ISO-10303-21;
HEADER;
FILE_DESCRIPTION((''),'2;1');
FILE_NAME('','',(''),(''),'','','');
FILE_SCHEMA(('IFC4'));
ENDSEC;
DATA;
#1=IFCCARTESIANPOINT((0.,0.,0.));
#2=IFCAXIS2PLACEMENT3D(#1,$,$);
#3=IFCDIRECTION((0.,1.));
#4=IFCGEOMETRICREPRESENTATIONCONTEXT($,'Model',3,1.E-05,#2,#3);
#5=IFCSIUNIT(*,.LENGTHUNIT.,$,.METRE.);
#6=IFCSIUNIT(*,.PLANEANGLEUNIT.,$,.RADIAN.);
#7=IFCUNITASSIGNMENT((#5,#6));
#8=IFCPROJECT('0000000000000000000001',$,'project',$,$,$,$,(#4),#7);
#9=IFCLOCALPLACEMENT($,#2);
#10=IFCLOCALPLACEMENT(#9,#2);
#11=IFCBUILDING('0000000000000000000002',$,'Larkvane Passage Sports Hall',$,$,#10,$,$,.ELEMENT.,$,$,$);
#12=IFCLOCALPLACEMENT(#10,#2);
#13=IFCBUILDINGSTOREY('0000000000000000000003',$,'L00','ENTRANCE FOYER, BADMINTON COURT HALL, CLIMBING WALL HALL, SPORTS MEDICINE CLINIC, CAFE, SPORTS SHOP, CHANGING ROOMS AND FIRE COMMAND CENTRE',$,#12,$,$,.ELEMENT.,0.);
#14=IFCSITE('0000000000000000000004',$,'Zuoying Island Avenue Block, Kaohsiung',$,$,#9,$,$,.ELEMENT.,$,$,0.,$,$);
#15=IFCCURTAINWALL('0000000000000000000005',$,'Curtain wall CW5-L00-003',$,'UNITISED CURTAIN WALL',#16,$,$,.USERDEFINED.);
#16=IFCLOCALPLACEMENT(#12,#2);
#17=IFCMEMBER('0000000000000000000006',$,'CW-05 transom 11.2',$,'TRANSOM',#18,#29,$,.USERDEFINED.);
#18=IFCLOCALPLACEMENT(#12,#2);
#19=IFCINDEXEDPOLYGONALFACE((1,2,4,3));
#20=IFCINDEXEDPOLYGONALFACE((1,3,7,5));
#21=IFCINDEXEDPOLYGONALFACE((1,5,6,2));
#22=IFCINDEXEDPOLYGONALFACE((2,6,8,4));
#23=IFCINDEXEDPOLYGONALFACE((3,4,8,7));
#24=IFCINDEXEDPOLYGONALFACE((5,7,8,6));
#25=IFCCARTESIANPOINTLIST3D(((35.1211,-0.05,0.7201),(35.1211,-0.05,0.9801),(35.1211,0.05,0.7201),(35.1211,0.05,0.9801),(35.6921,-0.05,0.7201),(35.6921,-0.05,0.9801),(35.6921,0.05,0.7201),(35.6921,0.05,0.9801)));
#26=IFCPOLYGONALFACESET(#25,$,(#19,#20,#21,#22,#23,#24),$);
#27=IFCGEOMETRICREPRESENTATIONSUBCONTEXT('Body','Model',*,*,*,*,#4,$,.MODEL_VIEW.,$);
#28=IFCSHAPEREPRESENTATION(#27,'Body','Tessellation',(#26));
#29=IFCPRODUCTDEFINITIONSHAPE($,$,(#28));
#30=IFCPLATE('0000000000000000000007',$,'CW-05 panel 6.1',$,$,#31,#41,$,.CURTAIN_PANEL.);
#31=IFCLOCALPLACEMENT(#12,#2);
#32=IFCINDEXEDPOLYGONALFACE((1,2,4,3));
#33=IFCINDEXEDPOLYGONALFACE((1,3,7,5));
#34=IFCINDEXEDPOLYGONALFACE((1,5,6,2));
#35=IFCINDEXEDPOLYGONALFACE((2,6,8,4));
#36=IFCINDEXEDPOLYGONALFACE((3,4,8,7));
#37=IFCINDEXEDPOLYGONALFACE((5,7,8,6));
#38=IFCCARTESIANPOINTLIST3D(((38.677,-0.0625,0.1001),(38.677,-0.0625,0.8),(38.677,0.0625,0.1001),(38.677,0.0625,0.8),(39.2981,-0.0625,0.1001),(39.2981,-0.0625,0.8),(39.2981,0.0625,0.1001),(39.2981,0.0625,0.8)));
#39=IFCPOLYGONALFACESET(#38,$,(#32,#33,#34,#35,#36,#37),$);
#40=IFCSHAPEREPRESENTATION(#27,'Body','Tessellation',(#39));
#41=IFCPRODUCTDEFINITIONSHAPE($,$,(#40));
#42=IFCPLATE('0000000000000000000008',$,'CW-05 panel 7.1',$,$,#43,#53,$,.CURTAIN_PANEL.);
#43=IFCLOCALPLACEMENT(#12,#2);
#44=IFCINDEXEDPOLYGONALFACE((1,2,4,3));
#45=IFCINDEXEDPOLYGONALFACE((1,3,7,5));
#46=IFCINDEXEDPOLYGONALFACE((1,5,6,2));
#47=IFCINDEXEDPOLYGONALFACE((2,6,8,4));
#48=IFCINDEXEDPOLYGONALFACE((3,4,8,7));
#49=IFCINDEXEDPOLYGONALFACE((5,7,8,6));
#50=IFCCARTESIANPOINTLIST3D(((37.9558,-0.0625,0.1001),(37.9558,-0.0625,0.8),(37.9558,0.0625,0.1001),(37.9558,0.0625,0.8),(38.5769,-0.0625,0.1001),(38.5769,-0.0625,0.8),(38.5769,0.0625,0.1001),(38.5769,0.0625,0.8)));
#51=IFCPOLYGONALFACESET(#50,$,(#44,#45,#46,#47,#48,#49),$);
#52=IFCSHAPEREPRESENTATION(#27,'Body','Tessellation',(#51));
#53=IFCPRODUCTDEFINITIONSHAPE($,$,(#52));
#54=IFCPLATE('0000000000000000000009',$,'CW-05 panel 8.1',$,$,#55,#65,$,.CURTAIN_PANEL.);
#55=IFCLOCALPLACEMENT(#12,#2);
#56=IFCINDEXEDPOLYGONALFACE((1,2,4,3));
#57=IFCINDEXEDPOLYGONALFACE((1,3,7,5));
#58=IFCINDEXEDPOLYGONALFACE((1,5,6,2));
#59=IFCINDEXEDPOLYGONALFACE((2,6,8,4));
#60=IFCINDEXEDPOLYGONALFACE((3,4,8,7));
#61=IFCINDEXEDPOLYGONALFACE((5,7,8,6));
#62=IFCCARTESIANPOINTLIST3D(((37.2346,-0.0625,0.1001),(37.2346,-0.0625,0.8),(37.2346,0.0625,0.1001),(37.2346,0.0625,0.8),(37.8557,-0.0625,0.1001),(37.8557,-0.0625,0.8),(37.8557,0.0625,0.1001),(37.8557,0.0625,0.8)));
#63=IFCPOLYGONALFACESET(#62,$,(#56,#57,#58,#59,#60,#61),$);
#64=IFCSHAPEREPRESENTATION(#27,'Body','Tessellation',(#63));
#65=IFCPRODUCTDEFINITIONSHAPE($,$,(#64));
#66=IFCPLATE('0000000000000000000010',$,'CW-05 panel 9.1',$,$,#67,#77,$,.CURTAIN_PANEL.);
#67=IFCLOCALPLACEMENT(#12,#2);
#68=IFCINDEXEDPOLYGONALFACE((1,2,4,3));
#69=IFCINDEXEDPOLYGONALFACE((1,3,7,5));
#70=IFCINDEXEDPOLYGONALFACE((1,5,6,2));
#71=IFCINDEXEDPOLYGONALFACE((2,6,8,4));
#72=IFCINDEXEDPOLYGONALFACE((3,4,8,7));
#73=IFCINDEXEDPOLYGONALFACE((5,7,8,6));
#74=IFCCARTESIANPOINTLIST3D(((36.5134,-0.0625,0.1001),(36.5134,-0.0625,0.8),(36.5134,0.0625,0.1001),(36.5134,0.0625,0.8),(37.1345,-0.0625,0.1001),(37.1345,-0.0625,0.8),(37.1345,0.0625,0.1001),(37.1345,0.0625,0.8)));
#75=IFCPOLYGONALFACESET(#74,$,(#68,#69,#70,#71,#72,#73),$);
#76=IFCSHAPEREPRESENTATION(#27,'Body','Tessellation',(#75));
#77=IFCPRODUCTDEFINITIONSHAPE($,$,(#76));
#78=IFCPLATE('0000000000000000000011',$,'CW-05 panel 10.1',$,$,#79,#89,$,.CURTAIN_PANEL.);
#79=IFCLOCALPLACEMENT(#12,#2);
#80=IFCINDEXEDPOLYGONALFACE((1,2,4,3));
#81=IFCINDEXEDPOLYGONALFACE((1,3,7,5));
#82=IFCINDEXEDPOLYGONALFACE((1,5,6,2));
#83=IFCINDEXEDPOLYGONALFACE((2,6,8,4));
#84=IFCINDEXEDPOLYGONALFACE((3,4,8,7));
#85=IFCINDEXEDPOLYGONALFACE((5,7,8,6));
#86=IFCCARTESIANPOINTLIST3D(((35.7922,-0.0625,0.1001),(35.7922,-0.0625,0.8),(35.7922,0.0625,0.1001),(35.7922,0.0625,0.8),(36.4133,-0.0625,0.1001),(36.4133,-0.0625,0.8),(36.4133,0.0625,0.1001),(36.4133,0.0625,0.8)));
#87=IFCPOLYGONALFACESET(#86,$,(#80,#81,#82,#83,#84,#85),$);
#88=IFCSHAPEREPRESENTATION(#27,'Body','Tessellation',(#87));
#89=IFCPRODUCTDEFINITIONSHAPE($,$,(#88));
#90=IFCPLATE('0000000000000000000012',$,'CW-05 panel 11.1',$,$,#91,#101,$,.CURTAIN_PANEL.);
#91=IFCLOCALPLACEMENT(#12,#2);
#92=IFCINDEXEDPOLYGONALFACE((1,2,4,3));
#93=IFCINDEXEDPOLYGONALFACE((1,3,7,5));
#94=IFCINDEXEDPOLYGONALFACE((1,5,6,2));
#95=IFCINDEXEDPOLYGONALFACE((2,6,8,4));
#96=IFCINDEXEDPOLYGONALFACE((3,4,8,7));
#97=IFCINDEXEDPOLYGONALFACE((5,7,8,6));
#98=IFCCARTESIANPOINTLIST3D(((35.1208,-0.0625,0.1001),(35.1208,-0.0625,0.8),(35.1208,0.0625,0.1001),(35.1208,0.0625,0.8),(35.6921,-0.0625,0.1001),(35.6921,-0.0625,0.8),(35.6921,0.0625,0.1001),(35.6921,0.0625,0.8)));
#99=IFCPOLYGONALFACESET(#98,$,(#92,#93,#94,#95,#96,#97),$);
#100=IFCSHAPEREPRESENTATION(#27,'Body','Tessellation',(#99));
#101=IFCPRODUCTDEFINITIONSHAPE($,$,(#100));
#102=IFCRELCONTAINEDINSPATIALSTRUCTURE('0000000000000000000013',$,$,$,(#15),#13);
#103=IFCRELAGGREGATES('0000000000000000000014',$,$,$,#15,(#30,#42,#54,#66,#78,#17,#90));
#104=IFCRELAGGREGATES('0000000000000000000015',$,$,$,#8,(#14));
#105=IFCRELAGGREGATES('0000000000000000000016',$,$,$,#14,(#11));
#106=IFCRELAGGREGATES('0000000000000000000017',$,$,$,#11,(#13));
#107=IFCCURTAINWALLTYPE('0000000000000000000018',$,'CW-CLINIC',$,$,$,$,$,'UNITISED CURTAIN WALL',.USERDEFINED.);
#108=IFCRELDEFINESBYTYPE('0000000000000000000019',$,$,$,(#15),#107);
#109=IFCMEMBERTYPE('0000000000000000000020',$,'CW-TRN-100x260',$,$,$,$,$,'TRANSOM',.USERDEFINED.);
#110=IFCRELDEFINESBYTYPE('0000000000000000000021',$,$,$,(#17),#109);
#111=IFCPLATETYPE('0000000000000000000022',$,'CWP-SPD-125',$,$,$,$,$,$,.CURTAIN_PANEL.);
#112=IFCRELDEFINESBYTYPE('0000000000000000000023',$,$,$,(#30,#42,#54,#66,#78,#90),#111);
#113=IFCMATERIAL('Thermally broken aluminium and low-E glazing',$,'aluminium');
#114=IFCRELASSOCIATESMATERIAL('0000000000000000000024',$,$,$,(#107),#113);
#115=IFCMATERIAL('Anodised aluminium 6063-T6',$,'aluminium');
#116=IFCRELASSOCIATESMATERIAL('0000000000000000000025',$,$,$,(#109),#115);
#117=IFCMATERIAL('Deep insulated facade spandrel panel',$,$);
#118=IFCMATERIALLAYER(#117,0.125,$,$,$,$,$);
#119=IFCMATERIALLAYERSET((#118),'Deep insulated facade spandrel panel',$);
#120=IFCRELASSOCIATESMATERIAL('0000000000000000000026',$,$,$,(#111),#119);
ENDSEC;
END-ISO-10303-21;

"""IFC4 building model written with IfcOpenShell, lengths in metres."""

from ifc_helpers import new_model, si_unit, direction, frame, origin, origin_2d, place, context, subcontext, project, spatial, rectangle, extrude, material, layer, layer_set, material_profile, profile_set, type_object, element, aggregate, save


model = new_model("IFC4")

# Units and contexts
model_context = context("Model", 3, precision=1e-05, world=origin(), true_north=direction((0.0, 1.0)))
body_context = subcontext(model_context, "Body", "Model", "MODEL_VIEW")
ifc_project = project(units=[si_unit("LENGTHUNIT", "METRE"), si_unit("PLANEANGLEUNIT", "RADIAN")], contexts=[model_context])

# Site, building, storey
site_placement = place(None, origin())
site = spatial("IfcSite", under=ifc_project, at=site_placement, Name="Zuoying Island Avenue Block, Kaohsiung", CompositionType="ELEMENT", RefElevation=0.0)
building_placement = place(site_placement, origin())
building = spatial("IfcBuilding", under=site, at=building_placement, Name="Larkvane Passage Sports Hall", CompositionType="ELEMENT")
storey_placement = place(building_placement, origin())
storey = spatial("IfcBuildingStorey", under=building, at=storey_placement, Name="L00", Description="ENTRANCE FOYER, BADMINTON COURT HALL, CLIMBING WALL HALL, SPORTS MEDICINE CLINIC, CAFE, SPORTS SHOP, CHANGING ROOMS AND FIRE COMMAND CENTRE", CompositionType="ELEMENT", Elevation=0.0)

# Curtain wall, member, plates
ifc_material_1 = material(Name="Thermally broken aluminium and low-E glazing", Category="aluminium")
curtain_wall_type = type_object("IfcCurtainWallType", Name="CW-CLINIC", ElementType="UNITISED CURTAIN WALL", PredefinedType="USERDEFINED", material=ifc_material_1)
curtain_wall_placement = place(storey_placement, origin())
curtain_wall = element("IfcCurtainWall", 1, at=curtain_wall_placement, inside=storey, type_object=curtain_wall_type, Name="Curtain wall CW5-L00-003", ObjectType="UNITISED CURTAIN WALL", PredefinedType="USERDEFINED")
ifc_material_2 = material(Name="Anodised aluminium 6063-T6", Category="aluminium")
ifc_material_profile_1 = material_profile(ifc_material_2, rectangle(XDim=0.1001, YDim=0.26, at=origin_2d()), Name="ALU-TRN-100x260")
ifc_profile_set_1 = profile_set([ifc_material_profile_1], Name="Anodised aluminium 6063-T6")
member_type_1 = type_object("IfcMemberType", Name="CW-TRN-100x260", ElementType="TRANSOM", PredefinedType="USERDEFINED", material=ifc_profile_set_1)
member_1_placement = place(storey_placement, frame((35.6921, 0.0, 0.8501), z_axis=(-1.0, 0.0, 0.0), x_axis=(0.0, -1.0, 0.0)))
member_1 = element("IfcMember", 2, at=member_1_placement, type_object=member_type_1, Name="CW-05 transom 11.2", ObjectType="TRANSOM", PredefinedType="USERDEFINED", context=body_context, shape_type="SweptSolid", body=[
    extrude(rectangle(XDim=0.1001, YDim=0.26, at=origin_2d()), origin(), (0.0, 0.0, 1.0), 0.571),
])
ifc_material_3 = material(Name="Deep insulated facade spandrel panel")
ifc_layer = layer(ifc_material_3, 0.125)
ifc_layer_set = layer_set([ifc_layer], Name="Deep insulated facade spandrel panel")
plate_type = type_object("IfcPlateType", Name="CWP-SPD-125", PredefinedType="CURTAIN_PANEL", material=ifc_layer_set)
plate_1_placement = place(storey_placement, frame((38.9875, 0.0, 0.1001), z_axis=(0.0, 0.0, 1.0), x_axis=(-1.0, 0.0, 0.0)))
plate_1 = element("IfcPlate", 3, at=plate_1_placement, type_object=plate_type, Name="CW-05 panel 6.1", PredefinedType="CURTAIN_PANEL", context=body_context, shape_type="SweptSolid", body=[
    extrude(rectangle(XDim=0.6211, YDim=0.125, at=origin_2d()), origin(), (0.0, 0.0, 1.0), 0.7),
])
plate_2_placement = place(storey_placement, frame((38.2664, 0.0, 0.1001), z_axis=(0.0, 0.0, 1.0), x_axis=(-1.0, 0.0, 0.0)))
plate_2 = element("IfcPlate", 4, at=plate_2_placement, type_object=plate_type, Name="CW-05 panel 7.1", PredefinedType="CURTAIN_PANEL", context=body_context, shape_type="SweptSolid", body=[
    extrude(rectangle(XDim=0.6211, YDim=0.125, at=origin_2d()), origin(), (0.0, 0.0, 1.0), 0.7),
])
plate_3_placement = place(storey_placement, frame((37.5452, 0.0, 0.1001), z_axis=(0.0, 0.0, 1.0), x_axis=(-1.0, 0.0, 0.0)))
plate_3 = element("IfcPlate", 5, at=plate_3_placement, type_object=plate_type, Name="CW-05 panel 8.1", PredefinedType="CURTAIN_PANEL", context=body_context, shape_type="SweptSolid", body=[
    extrude(rectangle(XDim=0.6211, YDim=0.125, at=origin_2d()), origin(), (0.0, 0.0, 1.0), 0.7),
])
plate_4_placement = place(storey_placement, frame((36.824, 0.0, 0.1001), z_axis=(0.0, 0.0, 1.0), x_axis=(-1.0, 0.0, 0.0)))
plate_4 = element("IfcPlate", 6, at=plate_4_placement, type_object=plate_type, Name="CW-05 panel 9.1", PredefinedType="CURTAIN_PANEL", context=body_context, shape_type="SweptSolid", body=[
    extrude(rectangle(XDim=0.6211, YDim=0.125, at=origin_2d()), origin(), (0.0, 0.0, 1.0), 0.7),
])
plate_5_placement = place(storey_placement, frame((36.1028, 0.0, 0.1001), z_axis=(0.0, 0.0, 1.0), x_axis=(-1.0, 0.0, 0.0)))
plate_5 = element("IfcPlate", 7, at=plate_5_placement, type_object=plate_type, Name="CW-05 panel 10.1", PredefinedType="CURTAIN_PANEL", context=body_context, shape_type="SweptSolid", body=[
    extrude(rectangle(XDim=0.6211, YDim=0.125, at=origin_2d()), origin(), (0.0, 0.0, 1.0), 0.7),
])
plate_6_placement = place(storey_placement, frame((35.4065, 0.0, 0.1001), z_axis=(0.0, 0.0, 1.0), x_axis=(-1.0, 0.0, 0.0)))
plate_6 = element("IfcPlate", 8, at=plate_6_placement, type_object=plate_type, Name="CW-05 panel 11.1", PredefinedType="CURTAIN_PANEL", context=body_context, shape_type="SweptSolid", body=[
    extrude(rectangle(XDim=0.5713, YDim=0.125, at=origin_2d()), origin(), (0.0, 0.0, 1.0), 0.7),
])
aggregate(curtain_wall, [plate_1, plate_2, plate_3, plate_4, plate_5, member_1, plate_6])

save(model, "model.ifc")
